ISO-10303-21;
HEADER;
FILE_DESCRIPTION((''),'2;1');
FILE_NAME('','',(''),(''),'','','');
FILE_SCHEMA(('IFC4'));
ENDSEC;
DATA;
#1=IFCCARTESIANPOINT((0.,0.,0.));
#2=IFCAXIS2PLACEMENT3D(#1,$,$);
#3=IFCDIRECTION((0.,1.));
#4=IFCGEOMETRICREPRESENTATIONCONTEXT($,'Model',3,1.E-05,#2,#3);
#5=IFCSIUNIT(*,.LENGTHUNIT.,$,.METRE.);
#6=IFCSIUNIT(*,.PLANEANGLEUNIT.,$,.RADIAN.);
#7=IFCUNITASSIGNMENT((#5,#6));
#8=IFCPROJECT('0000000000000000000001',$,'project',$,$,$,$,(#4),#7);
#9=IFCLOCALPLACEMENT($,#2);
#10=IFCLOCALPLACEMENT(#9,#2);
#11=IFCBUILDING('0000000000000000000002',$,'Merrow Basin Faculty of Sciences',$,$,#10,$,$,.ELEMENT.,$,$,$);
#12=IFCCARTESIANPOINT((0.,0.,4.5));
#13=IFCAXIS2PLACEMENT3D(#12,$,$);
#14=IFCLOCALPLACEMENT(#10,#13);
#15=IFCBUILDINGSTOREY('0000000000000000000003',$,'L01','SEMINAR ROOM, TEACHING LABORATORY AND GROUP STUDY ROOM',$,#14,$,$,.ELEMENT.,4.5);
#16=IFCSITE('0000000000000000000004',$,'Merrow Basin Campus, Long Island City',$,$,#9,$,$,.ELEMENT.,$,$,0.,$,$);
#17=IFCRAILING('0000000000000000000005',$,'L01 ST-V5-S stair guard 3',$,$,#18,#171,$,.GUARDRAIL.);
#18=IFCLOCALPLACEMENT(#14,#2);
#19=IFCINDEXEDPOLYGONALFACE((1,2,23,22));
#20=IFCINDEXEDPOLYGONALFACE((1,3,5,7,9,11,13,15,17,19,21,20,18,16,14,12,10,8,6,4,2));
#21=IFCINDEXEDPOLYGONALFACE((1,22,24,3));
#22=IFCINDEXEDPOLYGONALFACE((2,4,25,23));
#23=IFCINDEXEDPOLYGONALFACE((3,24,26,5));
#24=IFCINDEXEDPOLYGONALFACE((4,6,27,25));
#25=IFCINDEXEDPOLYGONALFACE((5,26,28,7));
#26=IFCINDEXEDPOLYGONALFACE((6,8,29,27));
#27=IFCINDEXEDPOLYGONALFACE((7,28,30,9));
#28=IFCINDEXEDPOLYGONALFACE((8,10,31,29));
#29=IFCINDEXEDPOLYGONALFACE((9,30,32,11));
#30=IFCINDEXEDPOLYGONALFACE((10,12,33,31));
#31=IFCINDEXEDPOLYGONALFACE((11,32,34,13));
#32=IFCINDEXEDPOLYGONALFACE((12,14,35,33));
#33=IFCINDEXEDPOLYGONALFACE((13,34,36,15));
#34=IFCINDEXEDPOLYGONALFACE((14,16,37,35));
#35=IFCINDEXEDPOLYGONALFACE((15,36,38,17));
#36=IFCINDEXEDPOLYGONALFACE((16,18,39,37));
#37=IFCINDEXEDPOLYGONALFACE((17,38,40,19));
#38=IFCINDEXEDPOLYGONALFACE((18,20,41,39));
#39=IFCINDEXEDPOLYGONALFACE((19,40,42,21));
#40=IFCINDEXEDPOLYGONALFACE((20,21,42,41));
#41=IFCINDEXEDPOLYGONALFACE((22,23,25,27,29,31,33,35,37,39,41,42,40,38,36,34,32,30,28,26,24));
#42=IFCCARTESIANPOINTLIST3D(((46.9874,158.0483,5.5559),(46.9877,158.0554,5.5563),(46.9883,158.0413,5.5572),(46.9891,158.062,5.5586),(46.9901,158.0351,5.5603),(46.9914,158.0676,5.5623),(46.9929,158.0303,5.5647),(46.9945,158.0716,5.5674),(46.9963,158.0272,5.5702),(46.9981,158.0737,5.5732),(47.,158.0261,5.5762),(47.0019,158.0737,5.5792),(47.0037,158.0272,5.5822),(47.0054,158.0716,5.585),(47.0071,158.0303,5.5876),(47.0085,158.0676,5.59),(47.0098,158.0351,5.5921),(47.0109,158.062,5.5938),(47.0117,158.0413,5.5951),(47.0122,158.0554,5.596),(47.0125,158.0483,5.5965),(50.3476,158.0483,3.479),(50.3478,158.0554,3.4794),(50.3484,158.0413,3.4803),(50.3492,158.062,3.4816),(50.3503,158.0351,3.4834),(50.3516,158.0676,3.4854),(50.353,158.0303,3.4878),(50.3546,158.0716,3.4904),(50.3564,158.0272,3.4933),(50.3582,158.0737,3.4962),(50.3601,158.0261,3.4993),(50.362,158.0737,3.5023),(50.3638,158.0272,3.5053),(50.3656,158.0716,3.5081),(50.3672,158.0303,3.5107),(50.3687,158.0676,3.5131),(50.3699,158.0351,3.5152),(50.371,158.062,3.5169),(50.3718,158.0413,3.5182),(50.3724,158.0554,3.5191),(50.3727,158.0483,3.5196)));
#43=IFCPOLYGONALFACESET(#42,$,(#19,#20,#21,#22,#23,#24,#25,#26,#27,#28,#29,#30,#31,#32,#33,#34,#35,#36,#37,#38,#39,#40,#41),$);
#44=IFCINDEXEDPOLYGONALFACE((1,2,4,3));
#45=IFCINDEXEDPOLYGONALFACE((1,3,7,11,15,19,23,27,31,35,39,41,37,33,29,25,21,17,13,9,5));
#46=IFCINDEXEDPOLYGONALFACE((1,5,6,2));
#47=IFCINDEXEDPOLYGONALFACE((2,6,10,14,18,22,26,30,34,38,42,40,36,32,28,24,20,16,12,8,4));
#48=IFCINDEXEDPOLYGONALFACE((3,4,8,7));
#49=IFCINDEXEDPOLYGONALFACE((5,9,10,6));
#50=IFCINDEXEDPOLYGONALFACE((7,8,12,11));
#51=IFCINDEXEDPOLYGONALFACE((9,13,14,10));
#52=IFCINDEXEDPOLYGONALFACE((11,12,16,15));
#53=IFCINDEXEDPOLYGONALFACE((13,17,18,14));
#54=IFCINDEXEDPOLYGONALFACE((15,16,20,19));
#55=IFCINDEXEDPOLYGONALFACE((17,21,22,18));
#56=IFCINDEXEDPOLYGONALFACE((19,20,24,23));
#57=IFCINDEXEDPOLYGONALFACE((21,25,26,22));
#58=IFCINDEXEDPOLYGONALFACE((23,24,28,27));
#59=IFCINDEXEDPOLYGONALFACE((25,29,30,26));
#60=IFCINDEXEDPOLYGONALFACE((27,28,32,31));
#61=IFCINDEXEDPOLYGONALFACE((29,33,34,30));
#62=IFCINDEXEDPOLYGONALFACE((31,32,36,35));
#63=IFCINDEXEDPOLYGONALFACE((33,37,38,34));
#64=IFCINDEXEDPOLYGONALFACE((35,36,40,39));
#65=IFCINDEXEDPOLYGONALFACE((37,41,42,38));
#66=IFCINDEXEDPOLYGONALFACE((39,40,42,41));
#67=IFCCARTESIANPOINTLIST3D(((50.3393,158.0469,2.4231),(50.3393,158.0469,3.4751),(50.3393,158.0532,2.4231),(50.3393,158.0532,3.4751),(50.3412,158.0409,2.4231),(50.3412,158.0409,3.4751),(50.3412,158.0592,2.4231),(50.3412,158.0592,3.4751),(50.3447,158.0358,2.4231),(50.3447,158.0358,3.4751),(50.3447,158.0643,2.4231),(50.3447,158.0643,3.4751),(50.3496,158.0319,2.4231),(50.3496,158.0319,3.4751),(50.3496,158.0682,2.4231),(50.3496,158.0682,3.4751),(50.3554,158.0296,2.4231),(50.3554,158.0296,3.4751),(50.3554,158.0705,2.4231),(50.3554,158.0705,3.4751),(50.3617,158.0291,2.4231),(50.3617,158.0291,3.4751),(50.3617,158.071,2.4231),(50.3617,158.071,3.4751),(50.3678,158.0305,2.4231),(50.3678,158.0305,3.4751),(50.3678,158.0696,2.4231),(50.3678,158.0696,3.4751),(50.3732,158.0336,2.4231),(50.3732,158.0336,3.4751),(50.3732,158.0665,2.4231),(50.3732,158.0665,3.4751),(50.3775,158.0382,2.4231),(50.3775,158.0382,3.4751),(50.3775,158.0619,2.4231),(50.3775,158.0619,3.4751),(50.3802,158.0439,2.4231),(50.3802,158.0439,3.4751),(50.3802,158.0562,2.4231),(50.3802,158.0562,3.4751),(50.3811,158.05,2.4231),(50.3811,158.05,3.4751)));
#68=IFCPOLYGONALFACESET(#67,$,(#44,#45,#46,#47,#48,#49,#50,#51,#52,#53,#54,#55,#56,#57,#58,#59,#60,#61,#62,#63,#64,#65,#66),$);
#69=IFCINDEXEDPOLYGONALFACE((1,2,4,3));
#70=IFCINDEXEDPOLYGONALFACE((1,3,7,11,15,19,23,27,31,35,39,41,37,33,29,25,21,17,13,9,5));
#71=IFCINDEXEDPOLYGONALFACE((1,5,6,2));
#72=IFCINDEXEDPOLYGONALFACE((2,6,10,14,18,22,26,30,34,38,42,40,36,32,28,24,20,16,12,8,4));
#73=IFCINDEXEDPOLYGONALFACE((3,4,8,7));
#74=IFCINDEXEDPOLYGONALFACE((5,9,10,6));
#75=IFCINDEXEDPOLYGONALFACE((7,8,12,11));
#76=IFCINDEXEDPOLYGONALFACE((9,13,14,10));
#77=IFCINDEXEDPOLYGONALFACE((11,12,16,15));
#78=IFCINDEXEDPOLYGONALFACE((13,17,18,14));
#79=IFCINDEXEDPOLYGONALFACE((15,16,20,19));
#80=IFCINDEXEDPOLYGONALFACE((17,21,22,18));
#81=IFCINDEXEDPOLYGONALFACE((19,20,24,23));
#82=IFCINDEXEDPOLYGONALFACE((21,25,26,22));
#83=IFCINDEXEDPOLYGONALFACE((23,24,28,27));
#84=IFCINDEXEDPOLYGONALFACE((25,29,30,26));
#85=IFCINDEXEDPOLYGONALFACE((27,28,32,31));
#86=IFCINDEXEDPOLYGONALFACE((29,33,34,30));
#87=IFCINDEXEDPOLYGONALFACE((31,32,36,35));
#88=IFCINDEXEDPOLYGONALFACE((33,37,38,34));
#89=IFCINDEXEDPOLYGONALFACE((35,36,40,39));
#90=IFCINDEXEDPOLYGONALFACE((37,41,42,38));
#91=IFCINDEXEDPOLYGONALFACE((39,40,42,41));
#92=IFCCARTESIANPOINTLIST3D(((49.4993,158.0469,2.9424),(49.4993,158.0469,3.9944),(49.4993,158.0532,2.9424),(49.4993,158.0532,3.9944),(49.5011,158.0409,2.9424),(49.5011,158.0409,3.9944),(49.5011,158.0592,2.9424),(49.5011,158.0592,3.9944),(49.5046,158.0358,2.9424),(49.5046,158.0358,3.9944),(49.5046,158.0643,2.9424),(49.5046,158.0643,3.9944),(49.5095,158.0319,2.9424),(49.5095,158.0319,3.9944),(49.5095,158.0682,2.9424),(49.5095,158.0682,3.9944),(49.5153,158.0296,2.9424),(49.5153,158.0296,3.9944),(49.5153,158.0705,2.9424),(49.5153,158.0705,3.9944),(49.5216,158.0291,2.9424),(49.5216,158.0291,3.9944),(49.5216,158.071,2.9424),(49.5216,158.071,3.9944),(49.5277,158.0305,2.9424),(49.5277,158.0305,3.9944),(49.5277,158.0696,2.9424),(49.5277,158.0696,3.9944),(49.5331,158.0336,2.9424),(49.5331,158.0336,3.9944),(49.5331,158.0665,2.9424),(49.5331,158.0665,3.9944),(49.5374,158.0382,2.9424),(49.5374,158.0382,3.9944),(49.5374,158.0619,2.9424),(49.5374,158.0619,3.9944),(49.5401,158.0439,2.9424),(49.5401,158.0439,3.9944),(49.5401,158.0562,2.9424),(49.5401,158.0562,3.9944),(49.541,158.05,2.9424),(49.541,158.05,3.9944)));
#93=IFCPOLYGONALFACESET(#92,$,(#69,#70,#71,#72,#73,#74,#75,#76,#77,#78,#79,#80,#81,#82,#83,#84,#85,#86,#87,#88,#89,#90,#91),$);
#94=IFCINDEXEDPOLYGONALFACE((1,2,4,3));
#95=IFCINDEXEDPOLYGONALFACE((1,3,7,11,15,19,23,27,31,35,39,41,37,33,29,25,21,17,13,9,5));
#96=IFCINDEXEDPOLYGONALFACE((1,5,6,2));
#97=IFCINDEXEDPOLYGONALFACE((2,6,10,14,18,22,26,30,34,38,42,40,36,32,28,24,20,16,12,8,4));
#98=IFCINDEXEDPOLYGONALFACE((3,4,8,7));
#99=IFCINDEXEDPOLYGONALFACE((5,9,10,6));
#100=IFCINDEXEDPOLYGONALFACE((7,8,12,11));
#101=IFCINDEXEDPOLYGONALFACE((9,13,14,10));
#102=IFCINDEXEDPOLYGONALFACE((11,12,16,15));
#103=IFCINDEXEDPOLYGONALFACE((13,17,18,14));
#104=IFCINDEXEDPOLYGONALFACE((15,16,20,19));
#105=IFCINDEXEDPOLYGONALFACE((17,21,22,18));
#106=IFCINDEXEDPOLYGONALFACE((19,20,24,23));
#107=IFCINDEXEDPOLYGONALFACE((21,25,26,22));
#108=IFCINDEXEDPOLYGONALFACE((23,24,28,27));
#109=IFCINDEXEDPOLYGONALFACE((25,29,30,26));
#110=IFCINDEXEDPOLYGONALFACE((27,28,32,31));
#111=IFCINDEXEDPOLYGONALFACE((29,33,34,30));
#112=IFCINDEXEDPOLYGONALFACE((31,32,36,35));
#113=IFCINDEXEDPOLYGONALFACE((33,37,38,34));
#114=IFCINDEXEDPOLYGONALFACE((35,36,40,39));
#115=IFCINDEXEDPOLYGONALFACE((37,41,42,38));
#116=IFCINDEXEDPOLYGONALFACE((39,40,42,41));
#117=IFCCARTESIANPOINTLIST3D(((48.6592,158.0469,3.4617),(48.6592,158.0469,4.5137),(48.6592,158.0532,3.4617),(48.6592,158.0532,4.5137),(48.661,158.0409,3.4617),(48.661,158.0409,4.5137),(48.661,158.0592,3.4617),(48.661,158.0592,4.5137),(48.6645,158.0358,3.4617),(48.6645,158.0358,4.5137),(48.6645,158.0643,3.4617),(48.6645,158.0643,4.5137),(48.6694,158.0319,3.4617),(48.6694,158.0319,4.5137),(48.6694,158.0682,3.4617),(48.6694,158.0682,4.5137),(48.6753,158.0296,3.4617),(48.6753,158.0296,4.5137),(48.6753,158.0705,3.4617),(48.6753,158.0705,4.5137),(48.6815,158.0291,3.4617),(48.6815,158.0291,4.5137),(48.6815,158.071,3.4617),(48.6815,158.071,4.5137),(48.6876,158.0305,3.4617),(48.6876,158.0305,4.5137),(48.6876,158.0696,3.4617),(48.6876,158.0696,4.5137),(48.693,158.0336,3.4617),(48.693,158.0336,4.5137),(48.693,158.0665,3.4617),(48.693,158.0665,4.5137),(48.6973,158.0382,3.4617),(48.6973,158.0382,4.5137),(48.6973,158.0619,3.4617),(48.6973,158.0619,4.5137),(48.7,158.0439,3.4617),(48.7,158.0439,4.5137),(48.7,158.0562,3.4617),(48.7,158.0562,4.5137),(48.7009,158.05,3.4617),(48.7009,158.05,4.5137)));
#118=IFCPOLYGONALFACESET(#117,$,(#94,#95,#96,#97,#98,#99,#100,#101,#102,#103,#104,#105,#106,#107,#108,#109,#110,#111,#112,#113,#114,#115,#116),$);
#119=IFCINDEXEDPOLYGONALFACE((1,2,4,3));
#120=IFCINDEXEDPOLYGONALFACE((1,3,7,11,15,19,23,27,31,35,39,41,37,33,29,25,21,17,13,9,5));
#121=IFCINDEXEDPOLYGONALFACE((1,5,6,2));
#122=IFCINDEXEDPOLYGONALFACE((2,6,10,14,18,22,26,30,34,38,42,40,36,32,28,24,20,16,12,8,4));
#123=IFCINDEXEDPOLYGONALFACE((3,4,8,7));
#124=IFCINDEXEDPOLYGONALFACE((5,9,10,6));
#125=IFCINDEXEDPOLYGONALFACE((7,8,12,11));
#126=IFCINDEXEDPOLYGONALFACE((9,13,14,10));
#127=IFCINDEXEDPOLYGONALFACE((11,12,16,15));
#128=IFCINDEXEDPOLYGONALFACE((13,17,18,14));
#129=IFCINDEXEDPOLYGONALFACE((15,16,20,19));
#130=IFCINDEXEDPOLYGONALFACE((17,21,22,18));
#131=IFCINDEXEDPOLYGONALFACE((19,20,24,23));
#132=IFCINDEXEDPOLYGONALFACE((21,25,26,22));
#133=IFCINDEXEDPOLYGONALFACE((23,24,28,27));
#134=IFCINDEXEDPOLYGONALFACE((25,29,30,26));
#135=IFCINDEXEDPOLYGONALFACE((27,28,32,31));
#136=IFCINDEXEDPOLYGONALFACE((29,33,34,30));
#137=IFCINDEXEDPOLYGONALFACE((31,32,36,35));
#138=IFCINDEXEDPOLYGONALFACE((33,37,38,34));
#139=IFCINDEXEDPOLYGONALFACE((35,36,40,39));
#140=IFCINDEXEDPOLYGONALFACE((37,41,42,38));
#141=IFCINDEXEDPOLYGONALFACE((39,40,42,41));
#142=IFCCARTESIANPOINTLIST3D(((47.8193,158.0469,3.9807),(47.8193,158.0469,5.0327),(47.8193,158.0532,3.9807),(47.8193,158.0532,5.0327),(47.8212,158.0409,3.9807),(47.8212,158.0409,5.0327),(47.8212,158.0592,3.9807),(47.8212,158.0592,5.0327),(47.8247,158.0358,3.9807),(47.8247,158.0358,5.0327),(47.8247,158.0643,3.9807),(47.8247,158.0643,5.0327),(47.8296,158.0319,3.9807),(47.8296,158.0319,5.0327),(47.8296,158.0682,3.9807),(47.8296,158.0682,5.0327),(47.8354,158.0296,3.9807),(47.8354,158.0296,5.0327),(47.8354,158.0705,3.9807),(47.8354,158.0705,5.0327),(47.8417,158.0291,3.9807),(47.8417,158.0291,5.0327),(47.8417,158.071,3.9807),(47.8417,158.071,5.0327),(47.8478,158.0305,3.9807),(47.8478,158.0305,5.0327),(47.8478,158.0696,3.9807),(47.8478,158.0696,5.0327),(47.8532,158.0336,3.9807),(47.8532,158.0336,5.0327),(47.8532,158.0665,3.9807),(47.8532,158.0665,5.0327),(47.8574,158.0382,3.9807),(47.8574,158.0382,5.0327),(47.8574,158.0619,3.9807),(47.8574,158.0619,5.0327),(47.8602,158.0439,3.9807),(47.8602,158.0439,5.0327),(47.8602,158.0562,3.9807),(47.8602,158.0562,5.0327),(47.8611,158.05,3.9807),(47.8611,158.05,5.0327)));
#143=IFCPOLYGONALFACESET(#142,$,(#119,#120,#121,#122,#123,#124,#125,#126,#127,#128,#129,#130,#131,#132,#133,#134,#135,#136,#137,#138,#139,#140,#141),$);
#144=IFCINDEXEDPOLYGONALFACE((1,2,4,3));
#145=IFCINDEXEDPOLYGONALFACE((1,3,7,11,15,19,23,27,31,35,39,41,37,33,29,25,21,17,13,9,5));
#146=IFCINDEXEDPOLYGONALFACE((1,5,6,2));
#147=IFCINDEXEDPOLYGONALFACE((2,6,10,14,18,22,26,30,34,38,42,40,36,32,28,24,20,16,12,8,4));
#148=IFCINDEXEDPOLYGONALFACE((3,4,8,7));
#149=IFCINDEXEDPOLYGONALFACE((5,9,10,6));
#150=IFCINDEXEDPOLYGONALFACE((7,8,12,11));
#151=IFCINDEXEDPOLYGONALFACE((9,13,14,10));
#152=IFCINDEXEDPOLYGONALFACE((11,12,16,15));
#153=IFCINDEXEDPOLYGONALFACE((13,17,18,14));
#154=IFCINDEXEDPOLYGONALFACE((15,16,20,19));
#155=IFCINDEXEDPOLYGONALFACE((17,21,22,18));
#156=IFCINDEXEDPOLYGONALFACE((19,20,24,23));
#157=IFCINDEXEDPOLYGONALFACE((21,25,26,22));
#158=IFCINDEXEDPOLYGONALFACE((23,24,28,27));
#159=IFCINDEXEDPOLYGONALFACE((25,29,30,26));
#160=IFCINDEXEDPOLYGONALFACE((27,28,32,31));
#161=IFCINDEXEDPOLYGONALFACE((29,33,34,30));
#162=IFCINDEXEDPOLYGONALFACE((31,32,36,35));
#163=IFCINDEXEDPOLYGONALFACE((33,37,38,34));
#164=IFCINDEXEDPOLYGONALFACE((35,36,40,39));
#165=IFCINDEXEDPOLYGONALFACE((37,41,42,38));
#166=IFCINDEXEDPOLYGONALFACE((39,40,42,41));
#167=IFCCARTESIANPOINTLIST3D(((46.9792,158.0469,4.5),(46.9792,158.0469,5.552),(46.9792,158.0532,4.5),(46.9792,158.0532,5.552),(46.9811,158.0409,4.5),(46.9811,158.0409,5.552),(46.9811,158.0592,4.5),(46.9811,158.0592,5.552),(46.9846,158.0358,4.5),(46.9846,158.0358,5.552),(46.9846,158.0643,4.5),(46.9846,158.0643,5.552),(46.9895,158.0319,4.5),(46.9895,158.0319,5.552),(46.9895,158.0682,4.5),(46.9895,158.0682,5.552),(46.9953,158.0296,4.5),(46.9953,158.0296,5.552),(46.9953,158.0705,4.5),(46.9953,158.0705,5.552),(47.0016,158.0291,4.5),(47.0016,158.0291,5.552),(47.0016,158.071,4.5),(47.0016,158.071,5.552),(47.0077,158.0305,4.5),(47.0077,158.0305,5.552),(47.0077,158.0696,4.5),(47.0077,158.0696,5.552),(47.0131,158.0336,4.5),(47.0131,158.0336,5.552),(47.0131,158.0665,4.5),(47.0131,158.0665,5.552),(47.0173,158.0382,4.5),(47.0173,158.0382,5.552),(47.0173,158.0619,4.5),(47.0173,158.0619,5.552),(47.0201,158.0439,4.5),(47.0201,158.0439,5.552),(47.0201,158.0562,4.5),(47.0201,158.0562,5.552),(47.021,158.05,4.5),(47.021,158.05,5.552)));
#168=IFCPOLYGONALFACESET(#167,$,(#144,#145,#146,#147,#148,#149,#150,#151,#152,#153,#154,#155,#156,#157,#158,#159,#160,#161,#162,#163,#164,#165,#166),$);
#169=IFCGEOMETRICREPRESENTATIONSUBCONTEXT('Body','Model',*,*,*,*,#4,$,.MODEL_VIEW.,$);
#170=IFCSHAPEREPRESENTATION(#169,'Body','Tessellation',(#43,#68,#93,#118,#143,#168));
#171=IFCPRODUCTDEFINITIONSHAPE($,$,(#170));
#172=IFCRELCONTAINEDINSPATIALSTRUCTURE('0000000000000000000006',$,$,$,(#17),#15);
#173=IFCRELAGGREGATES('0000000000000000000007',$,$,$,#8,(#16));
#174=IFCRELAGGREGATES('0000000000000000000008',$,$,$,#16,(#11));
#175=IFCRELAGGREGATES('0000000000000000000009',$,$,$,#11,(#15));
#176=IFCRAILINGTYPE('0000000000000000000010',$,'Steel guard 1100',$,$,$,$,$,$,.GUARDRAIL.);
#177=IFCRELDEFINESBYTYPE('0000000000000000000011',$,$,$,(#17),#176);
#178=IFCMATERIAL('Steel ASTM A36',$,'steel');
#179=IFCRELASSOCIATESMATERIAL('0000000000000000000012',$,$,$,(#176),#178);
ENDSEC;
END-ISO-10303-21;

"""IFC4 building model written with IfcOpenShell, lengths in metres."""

from ifc_helpers import new_model, si_unit, direction, frame, origin, origin_2d, place, context, subcontext, project, spatial, circle, extrude, material, type_object, element, save


model = new_model("IFC4")

# Units and contexts
model_context = context("Model", 3, precision=1e-05, world=origin(), true_north=direction((0.0, 1.0)))
body_context = subcontext(model_context, "Body", "Model", "MODEL_VIEW")
ifc_project = project(units=[si_unit("LENGTHUNIT", "METRE"), si_unit("PLANEANGLEUNIT", "RADIAN")], contexts=[model_context])

# Site, building, storey
site_placement = place(None, origin())
site = spatial("IfcSite", under=ifc_project, at=site_placement, Name="Merrow Basin Campus, Long Island City", CompositionType="ELEMENT", RefElevation=0.0)
building_placement = place(site_placement, origin())
building = spatial("IfcBuilding", under=site, at=building_placement, Name="Merrow Basin Faculty of Sciences", CompositionType="ELEMENT")
storey_placement = place(building_placement, frame((0.0, 0.0, 4.5)))
storey = spatial("IfcBuildingStorey", under=building, at=storey_placement, Name="L01", Description="SEMINAR ROOM, TEACHING LABORATORY AND GROUP STUDY ROOM", CompositionType="ELEMENT", Elevation=4.5)

# Railing
ifc_material_1 = material(Name="Steel ASTM A36", Category="steel")
railing_type_1 = type_object("IfcRailingType", Name="Steel guard 1100", PredefinedType="GUARDRAIL", material=ifc_material_1)
railing_1_placement = place(storey_placement, frame((50.3601, 158.05, 2.4231)))
element("IfcRailing", 1, at=railing_1_placement, inside=storey, type_object=railing_type_1, Name="L01 ST-V5-S stair guard 3", PredefinedType="GUARDRAIL", context=body_context, shape_type="SweptSolid", body=[
    extrude(circle(Radius=0.0239, at=origin_2d()), frame((0.0, 0.0, 1.0762), z_axis=(-0.850623, 0.0, 0.525776), x_axis=(0.0, -1.0, 0.0)), (0.0, 0.0, 1.0), 3.9502),
    extrude(circle(Radius=0.021, at=origin_2d()), origin(), (0.0, 0.0, 1.0), 1.052),
    extrude(circle(Radius=0.021, at=origin_2d()), frame((-0.8401, 0.0, 0.5193)), (0.0, 0.0, 1.0), 1.052),
    extrude(circle(Radius=0.021, at=origin_2d()), frame((-1.6802, 0.0, 1.0386)), (0.0, 0.0, 1.0), 1.052),
    extrude(circle(Radius=0.021, at=origin_2d()), frame((-2.52, 0.0, 1.5576)), (0.0, 0.0, 1.0), 1.052),
    extrude(circle(Radius=0.021, at=origin_2d()), frame((-3.3601, 0.0, 2.0769)), (0.0, 0.0, 1.0), 1.052),
])

save(model, "model.ifc")
